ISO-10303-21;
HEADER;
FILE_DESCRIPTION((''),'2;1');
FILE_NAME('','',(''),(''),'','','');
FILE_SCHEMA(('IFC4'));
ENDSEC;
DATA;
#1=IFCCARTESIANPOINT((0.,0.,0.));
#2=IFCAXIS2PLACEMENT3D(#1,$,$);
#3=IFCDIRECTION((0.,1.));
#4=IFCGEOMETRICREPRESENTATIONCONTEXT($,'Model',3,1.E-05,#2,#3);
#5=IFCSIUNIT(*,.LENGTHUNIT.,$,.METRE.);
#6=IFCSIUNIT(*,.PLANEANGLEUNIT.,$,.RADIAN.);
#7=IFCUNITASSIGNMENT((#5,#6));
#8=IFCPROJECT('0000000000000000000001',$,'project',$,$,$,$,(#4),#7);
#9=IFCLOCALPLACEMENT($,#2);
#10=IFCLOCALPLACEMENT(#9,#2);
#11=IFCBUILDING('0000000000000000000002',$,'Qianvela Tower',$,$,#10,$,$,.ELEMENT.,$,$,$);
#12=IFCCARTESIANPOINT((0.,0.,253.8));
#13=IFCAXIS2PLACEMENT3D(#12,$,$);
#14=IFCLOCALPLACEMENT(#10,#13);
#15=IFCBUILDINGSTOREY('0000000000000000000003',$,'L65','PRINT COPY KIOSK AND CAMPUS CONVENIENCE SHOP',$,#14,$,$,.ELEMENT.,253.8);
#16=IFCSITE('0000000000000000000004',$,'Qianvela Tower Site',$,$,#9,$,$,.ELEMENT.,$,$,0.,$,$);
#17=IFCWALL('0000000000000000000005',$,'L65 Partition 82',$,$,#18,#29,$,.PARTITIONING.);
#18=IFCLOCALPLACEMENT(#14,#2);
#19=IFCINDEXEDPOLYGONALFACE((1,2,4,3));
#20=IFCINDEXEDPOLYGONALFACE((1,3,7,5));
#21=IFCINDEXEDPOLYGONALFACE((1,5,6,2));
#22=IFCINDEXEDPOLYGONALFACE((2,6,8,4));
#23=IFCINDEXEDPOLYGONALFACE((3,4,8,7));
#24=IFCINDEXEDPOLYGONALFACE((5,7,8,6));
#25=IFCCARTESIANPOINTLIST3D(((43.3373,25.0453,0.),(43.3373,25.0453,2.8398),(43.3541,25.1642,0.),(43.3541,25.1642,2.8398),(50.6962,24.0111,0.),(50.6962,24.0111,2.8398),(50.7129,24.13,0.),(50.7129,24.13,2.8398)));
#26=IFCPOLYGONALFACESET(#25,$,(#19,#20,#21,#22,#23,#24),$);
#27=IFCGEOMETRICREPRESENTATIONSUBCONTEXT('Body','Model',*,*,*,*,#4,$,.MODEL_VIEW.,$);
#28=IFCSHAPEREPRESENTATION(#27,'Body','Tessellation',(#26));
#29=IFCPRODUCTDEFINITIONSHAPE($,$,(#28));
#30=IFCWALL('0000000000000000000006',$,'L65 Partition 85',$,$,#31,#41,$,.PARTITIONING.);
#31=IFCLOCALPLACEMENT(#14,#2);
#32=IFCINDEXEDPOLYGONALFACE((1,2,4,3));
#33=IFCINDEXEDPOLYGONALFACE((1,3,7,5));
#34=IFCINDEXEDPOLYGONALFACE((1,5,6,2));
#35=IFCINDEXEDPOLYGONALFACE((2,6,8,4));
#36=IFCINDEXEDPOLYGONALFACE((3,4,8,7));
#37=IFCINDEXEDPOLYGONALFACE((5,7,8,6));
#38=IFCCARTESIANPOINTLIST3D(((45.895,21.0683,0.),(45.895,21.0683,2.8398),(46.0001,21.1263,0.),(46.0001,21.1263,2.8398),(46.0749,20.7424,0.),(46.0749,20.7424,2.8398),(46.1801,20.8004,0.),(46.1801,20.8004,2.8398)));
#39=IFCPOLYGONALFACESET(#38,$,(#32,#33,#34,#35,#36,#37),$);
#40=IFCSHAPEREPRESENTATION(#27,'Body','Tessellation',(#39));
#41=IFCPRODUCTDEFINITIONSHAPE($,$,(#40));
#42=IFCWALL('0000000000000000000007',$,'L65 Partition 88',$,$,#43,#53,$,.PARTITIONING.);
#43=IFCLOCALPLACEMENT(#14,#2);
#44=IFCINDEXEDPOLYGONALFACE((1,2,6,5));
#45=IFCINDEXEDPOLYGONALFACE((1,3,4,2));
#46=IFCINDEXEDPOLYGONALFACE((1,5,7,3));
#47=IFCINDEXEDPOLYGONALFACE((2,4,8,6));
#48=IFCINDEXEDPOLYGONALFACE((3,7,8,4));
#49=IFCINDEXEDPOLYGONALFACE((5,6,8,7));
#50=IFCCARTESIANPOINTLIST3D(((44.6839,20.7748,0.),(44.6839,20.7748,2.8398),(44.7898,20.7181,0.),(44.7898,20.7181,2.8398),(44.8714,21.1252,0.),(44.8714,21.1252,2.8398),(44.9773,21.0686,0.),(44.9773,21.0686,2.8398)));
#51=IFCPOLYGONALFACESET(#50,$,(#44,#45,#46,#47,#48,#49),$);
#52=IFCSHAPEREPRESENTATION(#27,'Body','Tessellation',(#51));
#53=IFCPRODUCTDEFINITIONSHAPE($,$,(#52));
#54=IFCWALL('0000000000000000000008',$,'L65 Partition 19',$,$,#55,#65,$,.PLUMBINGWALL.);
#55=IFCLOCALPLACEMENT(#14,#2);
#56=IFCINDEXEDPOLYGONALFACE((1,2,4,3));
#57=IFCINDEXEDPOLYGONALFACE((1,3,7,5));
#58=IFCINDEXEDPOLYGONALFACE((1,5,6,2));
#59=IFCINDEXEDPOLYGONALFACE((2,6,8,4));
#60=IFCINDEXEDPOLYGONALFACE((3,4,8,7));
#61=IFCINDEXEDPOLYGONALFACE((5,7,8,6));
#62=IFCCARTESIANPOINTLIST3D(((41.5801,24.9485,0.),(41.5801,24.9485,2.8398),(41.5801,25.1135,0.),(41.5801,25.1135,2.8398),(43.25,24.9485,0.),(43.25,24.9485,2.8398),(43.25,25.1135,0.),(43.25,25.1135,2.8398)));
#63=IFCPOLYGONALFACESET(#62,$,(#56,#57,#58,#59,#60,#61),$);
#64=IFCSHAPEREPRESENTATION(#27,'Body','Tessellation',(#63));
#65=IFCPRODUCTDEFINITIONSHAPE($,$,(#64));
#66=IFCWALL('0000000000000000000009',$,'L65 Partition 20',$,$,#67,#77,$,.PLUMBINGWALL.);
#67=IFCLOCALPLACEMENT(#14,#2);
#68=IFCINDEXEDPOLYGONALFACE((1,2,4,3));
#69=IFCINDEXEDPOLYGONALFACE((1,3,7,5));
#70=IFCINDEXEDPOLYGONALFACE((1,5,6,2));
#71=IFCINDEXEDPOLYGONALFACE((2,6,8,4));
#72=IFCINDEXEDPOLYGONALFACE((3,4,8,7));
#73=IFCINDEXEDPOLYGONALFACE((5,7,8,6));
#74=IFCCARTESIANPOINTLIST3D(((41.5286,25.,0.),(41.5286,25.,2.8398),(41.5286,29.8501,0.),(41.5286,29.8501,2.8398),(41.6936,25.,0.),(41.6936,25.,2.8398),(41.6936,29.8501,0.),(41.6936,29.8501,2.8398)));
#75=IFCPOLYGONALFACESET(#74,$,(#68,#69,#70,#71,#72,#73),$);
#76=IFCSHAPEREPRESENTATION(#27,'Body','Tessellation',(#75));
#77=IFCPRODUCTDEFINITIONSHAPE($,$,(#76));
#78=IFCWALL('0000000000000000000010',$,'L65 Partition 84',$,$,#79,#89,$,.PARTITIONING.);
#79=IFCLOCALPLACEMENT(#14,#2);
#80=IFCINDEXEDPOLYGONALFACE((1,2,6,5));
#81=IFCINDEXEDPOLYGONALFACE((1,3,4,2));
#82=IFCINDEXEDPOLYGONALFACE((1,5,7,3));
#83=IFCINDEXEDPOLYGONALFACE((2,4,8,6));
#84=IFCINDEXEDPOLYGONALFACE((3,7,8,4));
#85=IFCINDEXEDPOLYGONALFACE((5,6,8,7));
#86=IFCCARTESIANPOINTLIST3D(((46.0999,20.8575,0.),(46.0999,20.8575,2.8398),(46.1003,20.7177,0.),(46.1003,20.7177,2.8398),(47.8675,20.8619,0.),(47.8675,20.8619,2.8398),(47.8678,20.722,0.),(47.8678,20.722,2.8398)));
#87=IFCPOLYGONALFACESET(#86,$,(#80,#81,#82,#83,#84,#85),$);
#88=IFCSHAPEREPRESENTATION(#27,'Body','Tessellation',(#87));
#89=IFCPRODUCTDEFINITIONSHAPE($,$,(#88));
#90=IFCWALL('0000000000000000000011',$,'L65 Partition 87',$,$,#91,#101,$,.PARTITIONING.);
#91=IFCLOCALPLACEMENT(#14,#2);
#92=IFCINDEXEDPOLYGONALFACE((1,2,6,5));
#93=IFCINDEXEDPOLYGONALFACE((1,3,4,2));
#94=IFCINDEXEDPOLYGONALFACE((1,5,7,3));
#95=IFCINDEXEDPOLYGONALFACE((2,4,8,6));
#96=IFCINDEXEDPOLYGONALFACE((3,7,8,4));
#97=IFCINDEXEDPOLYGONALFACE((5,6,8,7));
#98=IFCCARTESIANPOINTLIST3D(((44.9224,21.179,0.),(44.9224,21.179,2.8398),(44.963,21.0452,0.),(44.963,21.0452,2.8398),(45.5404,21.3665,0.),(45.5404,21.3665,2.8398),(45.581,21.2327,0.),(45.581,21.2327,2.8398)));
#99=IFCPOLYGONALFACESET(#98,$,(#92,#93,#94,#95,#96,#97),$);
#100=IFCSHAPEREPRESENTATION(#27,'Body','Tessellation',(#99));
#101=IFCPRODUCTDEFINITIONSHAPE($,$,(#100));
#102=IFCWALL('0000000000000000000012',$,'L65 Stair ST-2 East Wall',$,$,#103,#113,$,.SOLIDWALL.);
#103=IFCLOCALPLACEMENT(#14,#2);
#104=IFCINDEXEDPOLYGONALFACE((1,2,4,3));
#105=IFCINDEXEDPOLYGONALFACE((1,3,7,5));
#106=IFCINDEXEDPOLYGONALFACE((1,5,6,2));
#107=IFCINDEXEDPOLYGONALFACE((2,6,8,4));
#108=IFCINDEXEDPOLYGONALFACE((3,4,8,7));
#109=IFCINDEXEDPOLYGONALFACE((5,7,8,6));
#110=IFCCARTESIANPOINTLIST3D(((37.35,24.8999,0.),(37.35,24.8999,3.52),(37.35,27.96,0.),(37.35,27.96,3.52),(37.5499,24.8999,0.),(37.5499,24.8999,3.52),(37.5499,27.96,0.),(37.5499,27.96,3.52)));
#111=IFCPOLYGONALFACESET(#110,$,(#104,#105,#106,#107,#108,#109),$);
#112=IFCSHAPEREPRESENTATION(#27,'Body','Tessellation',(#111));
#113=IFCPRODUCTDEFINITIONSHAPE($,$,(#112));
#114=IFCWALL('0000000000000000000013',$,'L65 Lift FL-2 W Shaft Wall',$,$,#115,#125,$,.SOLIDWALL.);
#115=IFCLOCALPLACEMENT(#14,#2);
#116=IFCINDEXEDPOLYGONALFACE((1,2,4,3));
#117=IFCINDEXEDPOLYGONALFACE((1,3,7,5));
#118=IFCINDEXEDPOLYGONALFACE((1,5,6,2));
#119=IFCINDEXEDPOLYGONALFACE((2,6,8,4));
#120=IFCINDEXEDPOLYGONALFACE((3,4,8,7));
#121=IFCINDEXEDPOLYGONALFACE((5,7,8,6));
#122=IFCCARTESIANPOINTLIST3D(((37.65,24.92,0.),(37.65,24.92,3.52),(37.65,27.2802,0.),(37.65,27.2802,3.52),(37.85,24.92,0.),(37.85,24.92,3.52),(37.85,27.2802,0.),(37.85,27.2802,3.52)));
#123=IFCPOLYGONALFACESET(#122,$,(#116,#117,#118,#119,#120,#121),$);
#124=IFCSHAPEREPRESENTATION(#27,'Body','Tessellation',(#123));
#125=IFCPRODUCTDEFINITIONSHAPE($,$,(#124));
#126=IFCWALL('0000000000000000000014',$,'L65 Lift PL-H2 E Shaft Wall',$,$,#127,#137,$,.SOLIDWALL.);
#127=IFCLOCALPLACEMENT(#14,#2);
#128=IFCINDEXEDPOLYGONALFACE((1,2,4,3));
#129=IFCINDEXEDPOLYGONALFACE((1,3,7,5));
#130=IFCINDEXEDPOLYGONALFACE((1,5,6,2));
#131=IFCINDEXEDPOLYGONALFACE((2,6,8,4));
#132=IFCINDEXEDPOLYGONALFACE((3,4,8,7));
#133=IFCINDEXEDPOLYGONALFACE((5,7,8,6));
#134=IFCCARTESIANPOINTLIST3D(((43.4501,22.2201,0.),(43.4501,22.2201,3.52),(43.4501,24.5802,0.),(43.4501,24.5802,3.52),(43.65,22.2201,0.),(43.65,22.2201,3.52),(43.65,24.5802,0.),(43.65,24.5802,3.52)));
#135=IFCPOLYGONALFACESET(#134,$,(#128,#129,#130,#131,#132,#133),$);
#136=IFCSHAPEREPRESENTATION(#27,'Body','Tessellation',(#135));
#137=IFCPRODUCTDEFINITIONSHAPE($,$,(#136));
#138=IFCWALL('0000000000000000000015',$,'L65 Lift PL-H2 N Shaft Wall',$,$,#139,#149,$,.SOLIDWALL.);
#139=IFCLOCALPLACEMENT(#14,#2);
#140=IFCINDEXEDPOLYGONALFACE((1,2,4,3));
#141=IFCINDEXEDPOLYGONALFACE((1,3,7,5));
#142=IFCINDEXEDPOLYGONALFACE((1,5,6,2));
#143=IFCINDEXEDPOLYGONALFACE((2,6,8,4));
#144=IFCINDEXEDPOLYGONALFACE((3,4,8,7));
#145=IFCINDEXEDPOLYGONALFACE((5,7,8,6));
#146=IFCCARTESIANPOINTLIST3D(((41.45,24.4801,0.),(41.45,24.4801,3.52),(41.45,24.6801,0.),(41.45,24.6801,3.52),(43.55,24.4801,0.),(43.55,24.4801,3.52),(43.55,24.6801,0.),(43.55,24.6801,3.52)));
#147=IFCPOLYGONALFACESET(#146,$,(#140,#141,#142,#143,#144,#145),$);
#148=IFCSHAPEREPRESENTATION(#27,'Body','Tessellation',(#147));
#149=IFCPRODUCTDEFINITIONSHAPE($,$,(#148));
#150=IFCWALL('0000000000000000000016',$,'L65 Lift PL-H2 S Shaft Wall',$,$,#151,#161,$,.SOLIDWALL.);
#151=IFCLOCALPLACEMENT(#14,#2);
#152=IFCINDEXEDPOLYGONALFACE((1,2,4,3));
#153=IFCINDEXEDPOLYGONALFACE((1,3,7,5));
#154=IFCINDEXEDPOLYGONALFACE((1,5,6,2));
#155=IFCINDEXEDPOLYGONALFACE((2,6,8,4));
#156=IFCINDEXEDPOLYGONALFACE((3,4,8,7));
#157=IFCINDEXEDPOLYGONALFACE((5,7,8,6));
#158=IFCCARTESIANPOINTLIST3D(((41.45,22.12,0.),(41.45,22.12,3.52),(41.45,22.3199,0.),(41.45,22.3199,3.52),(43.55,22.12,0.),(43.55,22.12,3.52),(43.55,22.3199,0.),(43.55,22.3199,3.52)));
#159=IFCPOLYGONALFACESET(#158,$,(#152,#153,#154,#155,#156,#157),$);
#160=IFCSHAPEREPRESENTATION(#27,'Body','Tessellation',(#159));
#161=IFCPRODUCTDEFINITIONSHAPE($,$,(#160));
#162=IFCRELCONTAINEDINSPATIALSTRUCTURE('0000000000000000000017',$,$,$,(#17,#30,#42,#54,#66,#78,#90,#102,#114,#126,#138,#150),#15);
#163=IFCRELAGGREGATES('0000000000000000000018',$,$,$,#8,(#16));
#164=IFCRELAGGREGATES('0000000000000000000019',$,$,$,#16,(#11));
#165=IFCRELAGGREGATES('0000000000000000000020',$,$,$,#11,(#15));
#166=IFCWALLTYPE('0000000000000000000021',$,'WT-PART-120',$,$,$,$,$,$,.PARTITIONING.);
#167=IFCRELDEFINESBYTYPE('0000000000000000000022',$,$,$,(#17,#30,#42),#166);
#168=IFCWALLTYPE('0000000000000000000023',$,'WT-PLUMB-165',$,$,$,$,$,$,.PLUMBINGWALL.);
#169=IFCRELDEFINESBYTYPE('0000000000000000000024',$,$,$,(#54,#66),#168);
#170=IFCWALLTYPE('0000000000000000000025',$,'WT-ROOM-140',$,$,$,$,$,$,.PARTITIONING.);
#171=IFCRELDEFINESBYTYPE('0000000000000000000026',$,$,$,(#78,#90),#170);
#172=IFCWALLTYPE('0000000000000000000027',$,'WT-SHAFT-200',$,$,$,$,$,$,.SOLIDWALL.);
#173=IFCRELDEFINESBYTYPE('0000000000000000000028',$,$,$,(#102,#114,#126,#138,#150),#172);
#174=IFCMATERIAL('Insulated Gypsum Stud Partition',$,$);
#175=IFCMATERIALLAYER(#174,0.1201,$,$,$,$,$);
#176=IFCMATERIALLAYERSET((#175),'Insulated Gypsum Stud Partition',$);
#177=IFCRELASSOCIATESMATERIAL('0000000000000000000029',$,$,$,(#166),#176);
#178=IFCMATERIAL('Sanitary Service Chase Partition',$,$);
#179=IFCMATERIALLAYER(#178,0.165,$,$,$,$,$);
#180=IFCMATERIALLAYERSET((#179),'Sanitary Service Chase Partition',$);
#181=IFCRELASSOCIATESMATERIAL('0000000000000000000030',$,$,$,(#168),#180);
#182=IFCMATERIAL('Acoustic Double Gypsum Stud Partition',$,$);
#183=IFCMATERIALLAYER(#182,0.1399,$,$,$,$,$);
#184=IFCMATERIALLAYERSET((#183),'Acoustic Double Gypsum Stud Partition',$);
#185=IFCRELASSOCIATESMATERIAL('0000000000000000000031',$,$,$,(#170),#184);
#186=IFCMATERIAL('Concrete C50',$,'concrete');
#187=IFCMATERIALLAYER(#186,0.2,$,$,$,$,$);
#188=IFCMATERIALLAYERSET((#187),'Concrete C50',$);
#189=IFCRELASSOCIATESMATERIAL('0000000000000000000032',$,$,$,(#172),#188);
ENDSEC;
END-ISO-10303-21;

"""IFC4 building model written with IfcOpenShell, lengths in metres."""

from ifc_helpers import new_model, si_unit, direction, frame, frame_2d, origin, place, context, subcontext, project, spatial, rectangle, extrude, material, layer, layer_set, type_object, element, save


model = new_model("IFC4")

# Units and contexts
model_context = context("Model", 3, precision=1e-05, world=origin(), true_north=direction((0.0, 1.0)))
body_context = subcontext(model_context, "Body", "Model", "MODEL_VIEW")
ifc_project = project(units=[si_unit("LENGTHUNIT", "METRE"), si_unit("PLANEANGLEUNIT", "RADIAN")], contexts=[model_context])

# Site, building, storey
site_placement = place(None, origin())
site = spatial("IfcSite", under=ifc_project, at=site_placement, Name="Qianvela Tower Site", CompositionType="ELEMENT", RefElevation=0.0)
building_placement = place(site_placement, origin())
building = spatial("IfcBuilding", under=site, at=building_placement, Name="Qianvela Tower", CompositionType="ELEMENT")
storey_placement = place(building_placement, frame((0.0, 0.0, 253.8)))
storey = spatial("IfcBuildingStorey", under=building, at=storey_placement, Name="L65", Description="PRINT COPY KIOSK AND CAMPUS CONVENIENCE SHOP", CompositionType="ELEMENT", Elevation=253.8)

# Walls
ifc_material_1 = material(Name="Insulated Gypsum Stud Partition")
ifc_layer_1 = layer(ifc_material_1, 0.1201)
ifc_layer_set_1 = layer_set([ifc_layer_1], Name="Insulated Gypsum Stud Partition")
wall_type_1 = type_object("IfcWallType", Name="WT-PART-120", PredefinedType="PARTITIONING", material=ifc_layer_set_1)
wall_1_placement = place(storey_placement, frame((43.3457, 25.1047, 0.0), z_axis=(0.0, 0.0, 1.0), x_axis=(0.990269, -0.139167, 0.0)))
element("IfcWall", 1, at=wall_1_placement, inside=storey, type_object=wall_type_1, Name="L65 Partition 82", PredefinedType="PARTITIONING", context=body_context, shape_type="SweptSolid", body=[
    extrude(rectangle(XDim=7.4312, YDim=0.1201, at=frame_2d((3.7156, 0.0))), origin(), (0.0, 0.0, 1.0), 2.8398),
])
wall_2_placement = place(storey_placement, frame((46.1274, 20.7715, 0.0), z_axis=(0.0, 0.0, 1.0), x_axis=(-0.483303, 0.875453, 0.0)))
element("IfcWall", 2, at=wall_2_placement, inside=storey, type_object=wall_type_1, Name="L65 Partition 85", PredefinedType="PARTITIONING", context=body_context, shape_type="SweptSolid", body=[
    extrude(rectangle(XDim=0.3723, YDim=0.1201, at=frame_2d((0.186, 0.0))), origin(), (0.0, 0.0, 1.0), 2.8398),
])
wall_3_placement = place(storey_placement, frame((44.9243, 21.0969, 0.0), z_axis=(0.0, 0.0, 1.0), x_axis=(-0.471608, -0.881808, 0.0)))
element("IfcWall", 3, at=wall_3_placement, inside=storey, type_object=wall_type_1, Name="L65 Partition 88", PredefinedType="PARTITIONING", context=body_context, shape_type="SweptSolid", body=[
    extrude(rectangle(XDim=0.3975, YDim=0.1201, at=frame_2d((0.1987, 0.0))), origin(), (0.0, 0.0, 1.0), 2.8398),
])
ifc_material_2 = material(Name="Sanitary Service Chase Partition")
ifc_layer_2 = layer(ifc_material_2, 0.165)
ifc_layer_set_2 = layer_set([ifc_layer_2], Name="Sanitary Service Chase Partition")
wall_type_2 = type_object("IfcWallType", Name="WT-PLUMB-165", PredefinedType="PLUMBINGWALL", material=ifc_layer_set_2)
wall_4_placement = place(storey_placement, frame((43.25, 25.031, 0.0), z_axis=(0.0, 0.0, 1.0), x_axis=(-1.0, 0.0, 0.0)))
element("IfcWall", 4, at=wall_4_placement, inside=storey, type_object=wall_type_2, Name="L65 Partition 19", PredefinedType="PLUMBINGWALL", context=body_context, shape_type="SweptSolid", body=[
    extrude(rectangle(XDim=1.6699, YDim=0.165, at=frame_2d((0.835, 0.0))), origin(), (0.0, 0.0, 1.0), 2.8398),
])
wall_5_placement = place(storey_placement, frame((41.6111, 25.0, 0.0), z_axis=(0.0, 0.0, 1.0), x_axis=(0.0, 1.0, 0.0)))
element("IfcWall", 5, at=wall_5_placement, inside=storey, type_object=wall_type_2, Name="L65 Partition 20", PredefinedType="PLUMBINGWALL", context=body_context, shape_type="SweptSolid", body=[
    extrude(rectangle(XDim=4.8501, YDim=0.165, at=frame_2d((2.425, 0.0))), origin(), (0.0, 0.0, 1.0), 2.8398),
])
ifc_material_3 = material(Name="Acoustic Double Gypsum Stud Partition")
ifc_layer_3 = layer(ifc_material_3, 0.1399)
ifc_layer_set_3 = layer_set([ifc_layer_3], Name="Acoustic Double Gypsum Stud Partition")
wall_type_3 = type_object("IfcWallType", Name="WT-ROOM-140", PredefinedType="PARTITIONING", material=ifc_layer_set_3)
wall_6_placement = place(storey_placement, frame((47.8677, 20.792, 0.0), z_axis=(0.0, 0.0, 1.0), x_axis=(-0.999997, -0.002486, 0.0)))
element("IfcWall", 6, at=wall_6_placement, inside=storey, type_object=wall_type_3, Name="L65 Partition 84", PredefinedType="PARTITIONING", context=body_context, shape_type="SweptSolid", body=[
    extrude(rectangle(XDim=1.7676, YDim=0.1399, at=frame_2d((0.8838, 0.0))), origin(), (0.0, 0.0, 1.0), 2.8398),
])
wall_7_placement = place(storey_placement, frame((45.5605, 21.2996, 0.0), z_axis=(0.0, 0.0, 1.0), x_axis=(-0.956916, -0.290364, 0.0)))
element("IfcWall", 7, at=wall_7_placement, inside=storey, type_object=wall_type_3, Name="L65 Partition 87", PredefinedType="PARTITIONING", context=body_context, shape_type="SweptSolid", body=[
    extrude(rectangle(XDim=0.6458, YDim=0.1399, at=frame_2d((0.3228, 0.0))), origin(), (0.0, 0.0, 1.0), 2.8398),
])
ifc_material_4 = material(Name="Concrete C50", Category="concrete")
ifc_layer_4 = layer(ifc_material_4, 0.2)
ifc_layer_set_4 = layer_set([ifc_layer_4], Name="Concrete C50")
wall_type_4 = type_object("IfcWallType", Name="WT-SHAFT-200", PredefinedType="SOLIDWALL", material=ifc_layer_set_4)
wall_8_placement = place(storey_placement, frame((37.45, 24.8999, 0.0), z_axis=(0.0, 0.0, 1.0), x_axis=(0.0, 1.0, 0.0)))
element("IfcWall", 8, at=wall_8_placement, inside=storey, type_object=wall_type_4, Name="L65 Stair ST-2 East Wall", PredefinedType="SOLIDWALL", context=body_context, shape_type="SweptSolid", body=[
    extrude(rectangle(XDim=3.0601, YDim=0.2, at=frame_2d((1.53, 0.0))), origin(), (0.0, 0.0, 1.0), 3.52),
])

# Walls
for number, where, z_axis, x_axis, name in (
    (9, (37.75, 24.9199, 0.0), (0.0, 0.0, 1.0), (0.0, 1.0, 0.0), "L65 Lift FL-2 W Shaft Wall"),
    (10, (43.55, 22.22, 0.0), (0.0, 0.0, 1.0), (0.0, 1.0, 0.0), "L65 Lift PL-H2 E Shaft Wall"),
):
    element("IfcWall", number, at=place(storey_placement, frame(where, z_axis=z_axis, x_axis=x_axis)), inside=storey, type_object=wall_type_4, Name=name, PredefinedType="SOLIDWALL", context=body_context, shape_type="SweptSolid", body=[
        extrude(rectangle(XDim=2.3601, YDim=0.2, at=frame_2d((1.1802, 0.0))), origin(), (0.0, 0.0, 1.0), 3.52),
    ])

# Walls
for number, where, z_axis, x_axis, name in (
    (11, (41.45, 24.5801, 0.0), (0.0, 0.0, 1.0), (1.0, 0.0, 0.0), "L65 Lift PL-H2 N Shaft Wall"),
    (12, (41.45, 22.22, 0.0), (0.0, 0.0, 1.0), (1.0, 0.0, 0.0), "L65 Lift PL-H2 S Shaft Wall"),
):
    element("IfcWall", number, at=place(storey_placement, frame(where, z_axis=z_axis, x_axis=x_axis)), inside=storey, type_object=wall_type_4, Name=name, PredefinedType="SOLIDWALL", context=body_context, shape_type="SweptSolid", body=[
        extrude(rectangle(XDim=2.1001, YDim=0.2, at=frame_2d((1.05, 0.0))), origin(), (0.0, 0.0, 1.0), 3.52),
    ])

save(model, "model.ifc")
